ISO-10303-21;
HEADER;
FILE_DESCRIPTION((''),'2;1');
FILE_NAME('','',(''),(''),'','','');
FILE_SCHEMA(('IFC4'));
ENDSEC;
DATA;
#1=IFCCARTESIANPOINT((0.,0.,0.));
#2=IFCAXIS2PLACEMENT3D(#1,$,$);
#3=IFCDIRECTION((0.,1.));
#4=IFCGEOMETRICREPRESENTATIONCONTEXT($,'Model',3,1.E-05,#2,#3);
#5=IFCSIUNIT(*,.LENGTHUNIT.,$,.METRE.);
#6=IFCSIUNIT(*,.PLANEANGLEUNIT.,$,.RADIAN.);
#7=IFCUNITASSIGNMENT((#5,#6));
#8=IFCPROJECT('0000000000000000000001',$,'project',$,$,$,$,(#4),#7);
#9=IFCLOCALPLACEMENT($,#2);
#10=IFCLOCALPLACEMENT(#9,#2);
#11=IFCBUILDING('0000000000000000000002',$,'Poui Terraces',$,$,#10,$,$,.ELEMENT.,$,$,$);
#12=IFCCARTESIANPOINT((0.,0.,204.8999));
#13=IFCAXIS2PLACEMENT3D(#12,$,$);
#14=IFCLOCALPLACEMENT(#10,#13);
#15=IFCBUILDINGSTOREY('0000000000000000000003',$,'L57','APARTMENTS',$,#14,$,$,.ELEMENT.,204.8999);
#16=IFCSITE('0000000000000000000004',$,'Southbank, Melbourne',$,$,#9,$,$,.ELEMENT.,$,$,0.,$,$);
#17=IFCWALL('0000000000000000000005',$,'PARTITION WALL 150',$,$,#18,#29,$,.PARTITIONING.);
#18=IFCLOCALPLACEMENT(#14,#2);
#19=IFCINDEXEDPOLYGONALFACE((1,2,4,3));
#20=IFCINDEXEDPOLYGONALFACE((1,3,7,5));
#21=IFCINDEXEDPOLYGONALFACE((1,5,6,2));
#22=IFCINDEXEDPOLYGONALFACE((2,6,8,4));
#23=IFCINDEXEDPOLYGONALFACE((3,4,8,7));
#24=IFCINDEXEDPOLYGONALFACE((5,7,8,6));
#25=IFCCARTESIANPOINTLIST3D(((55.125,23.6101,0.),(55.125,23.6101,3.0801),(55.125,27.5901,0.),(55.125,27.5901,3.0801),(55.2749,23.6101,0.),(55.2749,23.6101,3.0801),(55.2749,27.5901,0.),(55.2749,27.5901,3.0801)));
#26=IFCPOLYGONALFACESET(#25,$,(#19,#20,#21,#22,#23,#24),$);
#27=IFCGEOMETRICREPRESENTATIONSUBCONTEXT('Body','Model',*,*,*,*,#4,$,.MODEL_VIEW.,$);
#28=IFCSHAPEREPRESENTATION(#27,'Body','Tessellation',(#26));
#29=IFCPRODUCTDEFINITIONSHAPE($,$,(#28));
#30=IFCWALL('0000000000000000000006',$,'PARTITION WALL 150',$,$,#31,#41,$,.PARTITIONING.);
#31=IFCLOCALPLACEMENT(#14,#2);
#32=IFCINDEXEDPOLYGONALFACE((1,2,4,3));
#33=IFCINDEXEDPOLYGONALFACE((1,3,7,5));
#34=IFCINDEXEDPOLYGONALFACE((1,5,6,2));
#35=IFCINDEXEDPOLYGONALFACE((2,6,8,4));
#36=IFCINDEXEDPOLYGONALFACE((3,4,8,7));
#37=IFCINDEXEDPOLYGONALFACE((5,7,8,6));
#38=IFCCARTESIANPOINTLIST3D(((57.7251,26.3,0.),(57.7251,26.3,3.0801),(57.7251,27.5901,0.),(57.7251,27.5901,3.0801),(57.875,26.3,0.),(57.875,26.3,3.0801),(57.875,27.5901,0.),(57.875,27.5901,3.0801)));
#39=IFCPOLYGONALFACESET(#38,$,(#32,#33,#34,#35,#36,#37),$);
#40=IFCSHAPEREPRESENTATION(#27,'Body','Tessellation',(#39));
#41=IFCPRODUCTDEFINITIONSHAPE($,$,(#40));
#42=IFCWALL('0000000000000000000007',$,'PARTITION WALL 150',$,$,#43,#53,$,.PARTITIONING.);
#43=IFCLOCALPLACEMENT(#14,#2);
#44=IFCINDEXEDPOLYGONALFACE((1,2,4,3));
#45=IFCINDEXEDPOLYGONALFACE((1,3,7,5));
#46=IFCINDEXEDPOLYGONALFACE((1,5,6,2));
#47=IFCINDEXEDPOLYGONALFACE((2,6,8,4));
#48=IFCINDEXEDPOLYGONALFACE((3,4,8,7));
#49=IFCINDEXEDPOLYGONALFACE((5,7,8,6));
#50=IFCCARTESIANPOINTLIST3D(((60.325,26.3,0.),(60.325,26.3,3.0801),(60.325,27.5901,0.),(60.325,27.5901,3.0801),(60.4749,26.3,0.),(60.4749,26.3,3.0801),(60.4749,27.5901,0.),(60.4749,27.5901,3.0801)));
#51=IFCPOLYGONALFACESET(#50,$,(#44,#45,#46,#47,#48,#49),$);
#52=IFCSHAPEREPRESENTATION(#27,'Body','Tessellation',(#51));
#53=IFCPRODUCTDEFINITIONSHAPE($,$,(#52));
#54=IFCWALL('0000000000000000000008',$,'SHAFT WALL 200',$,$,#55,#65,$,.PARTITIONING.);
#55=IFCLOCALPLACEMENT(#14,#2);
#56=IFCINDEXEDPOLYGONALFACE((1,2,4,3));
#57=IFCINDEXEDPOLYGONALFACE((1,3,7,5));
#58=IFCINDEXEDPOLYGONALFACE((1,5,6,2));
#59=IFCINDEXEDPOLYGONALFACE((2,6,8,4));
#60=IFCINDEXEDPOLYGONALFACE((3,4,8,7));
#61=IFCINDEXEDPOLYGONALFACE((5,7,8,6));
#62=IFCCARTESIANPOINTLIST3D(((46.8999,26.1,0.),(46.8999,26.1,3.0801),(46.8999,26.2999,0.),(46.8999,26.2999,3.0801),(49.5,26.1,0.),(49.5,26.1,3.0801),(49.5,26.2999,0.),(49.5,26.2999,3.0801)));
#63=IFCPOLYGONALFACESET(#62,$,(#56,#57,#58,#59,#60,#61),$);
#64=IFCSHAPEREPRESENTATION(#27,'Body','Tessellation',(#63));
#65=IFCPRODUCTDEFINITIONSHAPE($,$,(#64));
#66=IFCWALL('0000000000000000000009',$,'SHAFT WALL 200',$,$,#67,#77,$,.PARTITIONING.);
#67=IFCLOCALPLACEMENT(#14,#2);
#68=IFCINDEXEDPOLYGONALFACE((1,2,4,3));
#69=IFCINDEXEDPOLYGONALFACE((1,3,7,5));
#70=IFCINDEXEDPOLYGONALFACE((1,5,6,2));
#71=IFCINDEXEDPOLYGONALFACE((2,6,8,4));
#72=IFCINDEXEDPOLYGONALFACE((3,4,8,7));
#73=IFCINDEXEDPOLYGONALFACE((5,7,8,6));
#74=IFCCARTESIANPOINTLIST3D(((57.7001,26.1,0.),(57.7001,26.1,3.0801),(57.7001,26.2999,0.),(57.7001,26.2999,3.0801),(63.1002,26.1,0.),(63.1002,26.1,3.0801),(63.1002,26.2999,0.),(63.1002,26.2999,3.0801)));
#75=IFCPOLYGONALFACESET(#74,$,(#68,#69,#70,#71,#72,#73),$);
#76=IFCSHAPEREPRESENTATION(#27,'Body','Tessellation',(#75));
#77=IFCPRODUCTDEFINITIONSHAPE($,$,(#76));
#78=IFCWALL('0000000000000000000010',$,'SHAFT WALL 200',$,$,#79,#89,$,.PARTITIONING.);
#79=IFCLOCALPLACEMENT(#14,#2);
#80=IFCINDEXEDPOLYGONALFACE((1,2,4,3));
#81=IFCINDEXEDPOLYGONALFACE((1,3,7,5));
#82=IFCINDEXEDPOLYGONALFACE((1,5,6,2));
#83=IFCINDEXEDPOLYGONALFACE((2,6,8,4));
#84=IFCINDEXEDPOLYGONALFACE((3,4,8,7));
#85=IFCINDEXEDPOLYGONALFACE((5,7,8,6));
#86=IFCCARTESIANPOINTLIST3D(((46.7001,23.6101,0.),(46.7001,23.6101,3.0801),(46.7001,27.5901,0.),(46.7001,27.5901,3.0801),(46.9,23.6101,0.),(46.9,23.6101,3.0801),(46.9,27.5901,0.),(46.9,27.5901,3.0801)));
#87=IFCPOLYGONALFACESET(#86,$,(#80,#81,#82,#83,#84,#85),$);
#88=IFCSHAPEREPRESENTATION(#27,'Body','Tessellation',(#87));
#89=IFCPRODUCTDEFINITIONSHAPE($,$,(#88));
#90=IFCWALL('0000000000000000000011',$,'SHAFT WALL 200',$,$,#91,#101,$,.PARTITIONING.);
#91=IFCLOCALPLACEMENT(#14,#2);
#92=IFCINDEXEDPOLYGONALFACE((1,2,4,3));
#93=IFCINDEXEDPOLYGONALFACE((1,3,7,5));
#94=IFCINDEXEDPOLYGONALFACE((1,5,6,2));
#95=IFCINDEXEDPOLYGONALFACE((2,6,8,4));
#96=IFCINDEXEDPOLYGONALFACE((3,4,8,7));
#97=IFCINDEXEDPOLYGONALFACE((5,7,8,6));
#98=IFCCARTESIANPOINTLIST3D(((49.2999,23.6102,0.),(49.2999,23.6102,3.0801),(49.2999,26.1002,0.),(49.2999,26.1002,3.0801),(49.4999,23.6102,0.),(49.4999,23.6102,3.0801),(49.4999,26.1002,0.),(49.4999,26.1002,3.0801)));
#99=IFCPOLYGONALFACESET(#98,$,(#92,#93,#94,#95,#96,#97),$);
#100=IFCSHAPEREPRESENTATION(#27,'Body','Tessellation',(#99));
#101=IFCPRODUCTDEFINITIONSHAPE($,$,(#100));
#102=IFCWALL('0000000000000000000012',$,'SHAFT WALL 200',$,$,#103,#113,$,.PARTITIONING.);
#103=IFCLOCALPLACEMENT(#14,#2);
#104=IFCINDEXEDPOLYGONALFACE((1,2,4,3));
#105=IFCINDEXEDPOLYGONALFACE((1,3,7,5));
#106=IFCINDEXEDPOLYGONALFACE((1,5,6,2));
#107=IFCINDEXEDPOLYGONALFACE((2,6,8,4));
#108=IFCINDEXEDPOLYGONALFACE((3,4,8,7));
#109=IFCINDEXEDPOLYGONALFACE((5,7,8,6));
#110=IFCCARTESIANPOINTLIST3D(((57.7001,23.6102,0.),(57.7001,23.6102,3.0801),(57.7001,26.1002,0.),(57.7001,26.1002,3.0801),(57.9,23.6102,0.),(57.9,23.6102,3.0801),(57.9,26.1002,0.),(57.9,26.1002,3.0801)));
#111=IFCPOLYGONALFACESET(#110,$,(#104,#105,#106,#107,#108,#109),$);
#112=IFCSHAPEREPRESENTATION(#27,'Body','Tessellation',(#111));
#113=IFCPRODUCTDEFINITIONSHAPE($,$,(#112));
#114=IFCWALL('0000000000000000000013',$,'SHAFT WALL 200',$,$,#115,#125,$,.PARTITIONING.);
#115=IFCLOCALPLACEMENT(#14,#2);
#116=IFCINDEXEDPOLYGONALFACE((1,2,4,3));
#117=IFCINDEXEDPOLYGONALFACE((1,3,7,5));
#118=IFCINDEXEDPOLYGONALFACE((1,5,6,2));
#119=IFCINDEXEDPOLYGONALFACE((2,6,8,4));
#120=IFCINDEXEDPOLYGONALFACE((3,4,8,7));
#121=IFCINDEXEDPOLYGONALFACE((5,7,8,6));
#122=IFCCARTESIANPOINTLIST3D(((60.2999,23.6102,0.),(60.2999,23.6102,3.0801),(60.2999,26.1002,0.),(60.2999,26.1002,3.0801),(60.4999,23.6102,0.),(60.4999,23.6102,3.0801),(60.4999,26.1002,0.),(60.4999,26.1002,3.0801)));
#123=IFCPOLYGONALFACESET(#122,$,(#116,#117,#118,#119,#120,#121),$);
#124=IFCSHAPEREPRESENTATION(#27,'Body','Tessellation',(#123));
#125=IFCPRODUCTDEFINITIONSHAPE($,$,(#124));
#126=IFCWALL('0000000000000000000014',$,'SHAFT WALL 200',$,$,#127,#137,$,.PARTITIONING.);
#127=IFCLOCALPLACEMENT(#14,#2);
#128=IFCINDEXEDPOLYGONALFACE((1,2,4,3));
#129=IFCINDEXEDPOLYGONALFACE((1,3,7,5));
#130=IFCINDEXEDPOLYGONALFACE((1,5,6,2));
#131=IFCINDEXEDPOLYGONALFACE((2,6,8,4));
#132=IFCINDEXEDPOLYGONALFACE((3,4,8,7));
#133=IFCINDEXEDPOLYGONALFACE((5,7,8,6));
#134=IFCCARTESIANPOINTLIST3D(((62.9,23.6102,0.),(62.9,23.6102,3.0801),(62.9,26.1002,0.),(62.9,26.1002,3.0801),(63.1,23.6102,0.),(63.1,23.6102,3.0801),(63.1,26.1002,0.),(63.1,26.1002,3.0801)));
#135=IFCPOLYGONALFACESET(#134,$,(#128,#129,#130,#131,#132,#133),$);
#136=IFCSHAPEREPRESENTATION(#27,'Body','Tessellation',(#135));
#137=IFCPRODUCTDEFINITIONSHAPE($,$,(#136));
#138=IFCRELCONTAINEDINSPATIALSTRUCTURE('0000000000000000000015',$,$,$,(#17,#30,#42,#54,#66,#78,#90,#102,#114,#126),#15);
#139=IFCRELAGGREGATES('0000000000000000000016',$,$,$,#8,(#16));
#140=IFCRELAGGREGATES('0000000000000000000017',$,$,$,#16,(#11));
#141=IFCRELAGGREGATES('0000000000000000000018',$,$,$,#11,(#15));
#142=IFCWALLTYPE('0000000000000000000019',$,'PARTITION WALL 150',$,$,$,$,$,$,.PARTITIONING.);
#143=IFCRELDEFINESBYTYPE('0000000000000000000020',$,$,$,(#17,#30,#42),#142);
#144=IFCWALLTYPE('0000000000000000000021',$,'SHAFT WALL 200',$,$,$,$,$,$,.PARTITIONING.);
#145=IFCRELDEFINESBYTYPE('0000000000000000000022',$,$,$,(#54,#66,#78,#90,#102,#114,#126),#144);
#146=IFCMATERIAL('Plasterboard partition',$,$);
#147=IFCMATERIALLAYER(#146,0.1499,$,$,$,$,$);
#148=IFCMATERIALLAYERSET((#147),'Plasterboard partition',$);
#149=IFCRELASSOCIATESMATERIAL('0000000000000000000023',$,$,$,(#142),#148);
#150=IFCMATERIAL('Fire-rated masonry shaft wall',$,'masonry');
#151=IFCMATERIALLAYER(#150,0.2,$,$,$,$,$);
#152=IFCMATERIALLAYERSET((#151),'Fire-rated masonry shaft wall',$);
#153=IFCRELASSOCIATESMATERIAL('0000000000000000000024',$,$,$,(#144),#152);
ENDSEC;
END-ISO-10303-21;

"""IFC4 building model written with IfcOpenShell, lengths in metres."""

from ifc_helpers import new_model, si_unit, direction, frame, frame_2d, origin, place, context, subcontext, project, spatial, rectangle, extrude, material, layer, layer_set, type_object, element, save


model = new_model("IFC4")

# Units and contexts
model_context = context("Model", 3, precision=1e-05, world=origin(), true_north=direction((0.0, 1.0)))
body_context = subcontext(model_context, "Body", "Model", "MODEL_VIEW")
ifc_project = project(units=[si_unit("LENGTHUNIT", "METRE"), si_unit("PLANEANGLEUNIT", "RADIAN")], contexts=[model_context])

# Site, building, storey
site_placement = place(None, origin())
site = spatial("IfcSite", under=ifc_project, at=site_placement, Name="Southbank, Melbourne", CompositionType="ELEMENT", RefElevation=0.0)
building_placement = place(site_placement, origin())
building = spatial("IfcBuilding", under=site, at=building_placement, Name="Poui Terraces", CompositionType="ELEMENT")
storey_placement = place(building_placement, frame((0.0, 0.0, 204.8999)))
storey = spatial("IfcBuildingStorey", under=building, at=storey_placement, Name="L57", Description="APARTMENTS", CompositionType="ELEMENT", Elevation=204.8999)

# Walls
ifc_material_1 = material(Name="Plasterboard partition")
ifc_layer_1 = layer(ifc_material_1, 0.1499)
ifc_layer_set_1 = layer_set([ifc_layer_1], Name="Plasterboard partition")
wall_type_1 = type_object("IfcWallType", Name="PARTITION WALL 150", PredefinedType="PARTITIONING", material=ifc_layer_set_1)
wall_1_placement = place(storey_placement, frame((55.2, 23.6101, 0.0), z_axis=(0.0, 0.0, 1.0), x_axis=(0.0, 1.0, 0.0)))
element("IfcWall", 1, at=wall_1_placement, inside=storey, type_object=wall_type_1, Name="PARTITION WALL 150", PredefinedType="PARTITIONING", context=body_context, shape_type="SweptSolid", body=[
    extrude(rectangle(XDim=3.98, YDim=0.1499, at=frame_2d((1.99, 0.0))), origin(), (0.0, 0.0, 1.0), 3.0801),
])
for number, where, z_axis, x_axis, name in (
    (2, (57.8, 26.3, 0.0), (0.0, 0.0, 1.0), (0.0, 1.0, 0.0), "PARTITION WALL 150"),
    (3, (60.3999, 26.3, 0.0), (0.0, 0.0, 1.0), (0.0, 1.0, 0.0), "PARTITION WALL 150"),
):
    element("IfcWall", number, at=place(storey_placement, frame(where, z_axis=z_axis, x_axis=x_axis)), inside=storey, type_object=wall_type_1, Name=name, PredefinedType="PARTITIONING", context=body_context, shape_type="SweptSolid", body=[
        extrude(rectangle(XDim=1.29, YDim=0.1499, at=frame_2d((0.645, 0.0))), origin(), (0.0, 0.0, 1.0), 3.0801),
    ])
ifc_material_2 = material(Name="Fire-rated masonry shaft wall", Category="masonry")
ifc_layer_2 = layer(ifc_material_2, 0.2)
ifc_layer_set_2 = layer_set([ifc_layer_2], Name="Fire-rated masonry shaft wall")
wall_type_2 = type_object("IfcWallType", Name="SHAFT WALL 200", PredefinedType="PARTITIONING", material=ifc_layer_set_2)
wall_2_placement = place(storey_placement, frame((46.8999, 26.2, 0.0), z_axis=(0.0, 0.0, 1.0), x_axis=(1.0, 0.0, 0.0)))
element("IfcWall", 4, at=wall_2_placement, inside=storey, type_object=wall_type_2, Name="SHAFT WALL 200", PredefinedType="PARTITIONING", context=body_context, shape_type="SweptSolid", body=[
    extrude(rectangle(XDim=2.6001, YDim=0.2, at=frame_2d((1.3, 0.0))), origin(), (0.0, 0.0, 1.0), 3.0801),
])
wall_3_placement = place(storey_placement, frame((57.7, 26.2, 0.0), z_axis=(0.0, 0.0, 1.0), x_axis=(1.0, 0.0, 0.0)))
element("IfcWall", 5, at=wall_3_placement, inside=storey, type_object=wall_type_2, Name="SHAFT WALL 200", PredefinedType="PARTITIONING", context=body_context, shape_type="SweptSolid", body=[
    extrude(rectangle(XDim=5.4001, YDim=0.2, at=frame_2d((2.7002, 0.0))), origin(), (0.0, 0.0, 1.0), 3.0801),
])
wall_4_placement = place(storey_placement, frame((46.8, 23.6101, 0.0), z_axis=(0.0, 0.0, 1.0), x_axis=(0.0, 1.0, 0.0)))
element("IfcWall", 6, at=wall_4_placement, inside=storey, type_object=wall_type_2, Name="SHAFT WALL 200", PredefinedType="PARTITIONING", context=body_context, shape_type="SweptSolid", body=[
    extrude(rectangle(XDim=3.98, YDim=0.2, at=frame_2d((1.99, 0.0))), origin(), (0.0, 0.0, 1.0), 3.0801),
])
for number, where, z_axis, x_axis, name in (
    (7, (49.3999, 23.6101, 0.0), (0.0, 0.0, 1.0), (0.0, 1.0, 0.0), "SHAFT WALL 200"),
    (8, (57.8, 23.6101, 0.0), (0.0, 0.0, 1.0), (0.0, 1.0, 0.0), "SHAFT WALL 200"),
    (9, (60.3999, 23.6101, 0.0), (0.0, 0.0, 1.0), (0.0, 1.0, 0.0), "SHAFT WALL 200"),
    (10, (63.0, 23.6101, 0.0), (0.0, 0.0, 1.0), (0.0, 1.0, 0.0), "SHAFT WALL 200"),
):
    element("IfcWall", number, at=place(storey_placement, frame(where, z_axis=z_axis, x_axis=x_axis)), inside=storey, type_object=wall_type_2, Name=name, PredefinedType="PARTITIONING", context=body_context, shape_type="SweptSolid", body=[
        extrude(rectangle(XDim=2.49, YDim=0.2, at=frame_2d((1.2451, 0.0))), origin(), (0.0, 0.0, 1.0), 3.0801),
    ])

save(model, "model.ifc")
